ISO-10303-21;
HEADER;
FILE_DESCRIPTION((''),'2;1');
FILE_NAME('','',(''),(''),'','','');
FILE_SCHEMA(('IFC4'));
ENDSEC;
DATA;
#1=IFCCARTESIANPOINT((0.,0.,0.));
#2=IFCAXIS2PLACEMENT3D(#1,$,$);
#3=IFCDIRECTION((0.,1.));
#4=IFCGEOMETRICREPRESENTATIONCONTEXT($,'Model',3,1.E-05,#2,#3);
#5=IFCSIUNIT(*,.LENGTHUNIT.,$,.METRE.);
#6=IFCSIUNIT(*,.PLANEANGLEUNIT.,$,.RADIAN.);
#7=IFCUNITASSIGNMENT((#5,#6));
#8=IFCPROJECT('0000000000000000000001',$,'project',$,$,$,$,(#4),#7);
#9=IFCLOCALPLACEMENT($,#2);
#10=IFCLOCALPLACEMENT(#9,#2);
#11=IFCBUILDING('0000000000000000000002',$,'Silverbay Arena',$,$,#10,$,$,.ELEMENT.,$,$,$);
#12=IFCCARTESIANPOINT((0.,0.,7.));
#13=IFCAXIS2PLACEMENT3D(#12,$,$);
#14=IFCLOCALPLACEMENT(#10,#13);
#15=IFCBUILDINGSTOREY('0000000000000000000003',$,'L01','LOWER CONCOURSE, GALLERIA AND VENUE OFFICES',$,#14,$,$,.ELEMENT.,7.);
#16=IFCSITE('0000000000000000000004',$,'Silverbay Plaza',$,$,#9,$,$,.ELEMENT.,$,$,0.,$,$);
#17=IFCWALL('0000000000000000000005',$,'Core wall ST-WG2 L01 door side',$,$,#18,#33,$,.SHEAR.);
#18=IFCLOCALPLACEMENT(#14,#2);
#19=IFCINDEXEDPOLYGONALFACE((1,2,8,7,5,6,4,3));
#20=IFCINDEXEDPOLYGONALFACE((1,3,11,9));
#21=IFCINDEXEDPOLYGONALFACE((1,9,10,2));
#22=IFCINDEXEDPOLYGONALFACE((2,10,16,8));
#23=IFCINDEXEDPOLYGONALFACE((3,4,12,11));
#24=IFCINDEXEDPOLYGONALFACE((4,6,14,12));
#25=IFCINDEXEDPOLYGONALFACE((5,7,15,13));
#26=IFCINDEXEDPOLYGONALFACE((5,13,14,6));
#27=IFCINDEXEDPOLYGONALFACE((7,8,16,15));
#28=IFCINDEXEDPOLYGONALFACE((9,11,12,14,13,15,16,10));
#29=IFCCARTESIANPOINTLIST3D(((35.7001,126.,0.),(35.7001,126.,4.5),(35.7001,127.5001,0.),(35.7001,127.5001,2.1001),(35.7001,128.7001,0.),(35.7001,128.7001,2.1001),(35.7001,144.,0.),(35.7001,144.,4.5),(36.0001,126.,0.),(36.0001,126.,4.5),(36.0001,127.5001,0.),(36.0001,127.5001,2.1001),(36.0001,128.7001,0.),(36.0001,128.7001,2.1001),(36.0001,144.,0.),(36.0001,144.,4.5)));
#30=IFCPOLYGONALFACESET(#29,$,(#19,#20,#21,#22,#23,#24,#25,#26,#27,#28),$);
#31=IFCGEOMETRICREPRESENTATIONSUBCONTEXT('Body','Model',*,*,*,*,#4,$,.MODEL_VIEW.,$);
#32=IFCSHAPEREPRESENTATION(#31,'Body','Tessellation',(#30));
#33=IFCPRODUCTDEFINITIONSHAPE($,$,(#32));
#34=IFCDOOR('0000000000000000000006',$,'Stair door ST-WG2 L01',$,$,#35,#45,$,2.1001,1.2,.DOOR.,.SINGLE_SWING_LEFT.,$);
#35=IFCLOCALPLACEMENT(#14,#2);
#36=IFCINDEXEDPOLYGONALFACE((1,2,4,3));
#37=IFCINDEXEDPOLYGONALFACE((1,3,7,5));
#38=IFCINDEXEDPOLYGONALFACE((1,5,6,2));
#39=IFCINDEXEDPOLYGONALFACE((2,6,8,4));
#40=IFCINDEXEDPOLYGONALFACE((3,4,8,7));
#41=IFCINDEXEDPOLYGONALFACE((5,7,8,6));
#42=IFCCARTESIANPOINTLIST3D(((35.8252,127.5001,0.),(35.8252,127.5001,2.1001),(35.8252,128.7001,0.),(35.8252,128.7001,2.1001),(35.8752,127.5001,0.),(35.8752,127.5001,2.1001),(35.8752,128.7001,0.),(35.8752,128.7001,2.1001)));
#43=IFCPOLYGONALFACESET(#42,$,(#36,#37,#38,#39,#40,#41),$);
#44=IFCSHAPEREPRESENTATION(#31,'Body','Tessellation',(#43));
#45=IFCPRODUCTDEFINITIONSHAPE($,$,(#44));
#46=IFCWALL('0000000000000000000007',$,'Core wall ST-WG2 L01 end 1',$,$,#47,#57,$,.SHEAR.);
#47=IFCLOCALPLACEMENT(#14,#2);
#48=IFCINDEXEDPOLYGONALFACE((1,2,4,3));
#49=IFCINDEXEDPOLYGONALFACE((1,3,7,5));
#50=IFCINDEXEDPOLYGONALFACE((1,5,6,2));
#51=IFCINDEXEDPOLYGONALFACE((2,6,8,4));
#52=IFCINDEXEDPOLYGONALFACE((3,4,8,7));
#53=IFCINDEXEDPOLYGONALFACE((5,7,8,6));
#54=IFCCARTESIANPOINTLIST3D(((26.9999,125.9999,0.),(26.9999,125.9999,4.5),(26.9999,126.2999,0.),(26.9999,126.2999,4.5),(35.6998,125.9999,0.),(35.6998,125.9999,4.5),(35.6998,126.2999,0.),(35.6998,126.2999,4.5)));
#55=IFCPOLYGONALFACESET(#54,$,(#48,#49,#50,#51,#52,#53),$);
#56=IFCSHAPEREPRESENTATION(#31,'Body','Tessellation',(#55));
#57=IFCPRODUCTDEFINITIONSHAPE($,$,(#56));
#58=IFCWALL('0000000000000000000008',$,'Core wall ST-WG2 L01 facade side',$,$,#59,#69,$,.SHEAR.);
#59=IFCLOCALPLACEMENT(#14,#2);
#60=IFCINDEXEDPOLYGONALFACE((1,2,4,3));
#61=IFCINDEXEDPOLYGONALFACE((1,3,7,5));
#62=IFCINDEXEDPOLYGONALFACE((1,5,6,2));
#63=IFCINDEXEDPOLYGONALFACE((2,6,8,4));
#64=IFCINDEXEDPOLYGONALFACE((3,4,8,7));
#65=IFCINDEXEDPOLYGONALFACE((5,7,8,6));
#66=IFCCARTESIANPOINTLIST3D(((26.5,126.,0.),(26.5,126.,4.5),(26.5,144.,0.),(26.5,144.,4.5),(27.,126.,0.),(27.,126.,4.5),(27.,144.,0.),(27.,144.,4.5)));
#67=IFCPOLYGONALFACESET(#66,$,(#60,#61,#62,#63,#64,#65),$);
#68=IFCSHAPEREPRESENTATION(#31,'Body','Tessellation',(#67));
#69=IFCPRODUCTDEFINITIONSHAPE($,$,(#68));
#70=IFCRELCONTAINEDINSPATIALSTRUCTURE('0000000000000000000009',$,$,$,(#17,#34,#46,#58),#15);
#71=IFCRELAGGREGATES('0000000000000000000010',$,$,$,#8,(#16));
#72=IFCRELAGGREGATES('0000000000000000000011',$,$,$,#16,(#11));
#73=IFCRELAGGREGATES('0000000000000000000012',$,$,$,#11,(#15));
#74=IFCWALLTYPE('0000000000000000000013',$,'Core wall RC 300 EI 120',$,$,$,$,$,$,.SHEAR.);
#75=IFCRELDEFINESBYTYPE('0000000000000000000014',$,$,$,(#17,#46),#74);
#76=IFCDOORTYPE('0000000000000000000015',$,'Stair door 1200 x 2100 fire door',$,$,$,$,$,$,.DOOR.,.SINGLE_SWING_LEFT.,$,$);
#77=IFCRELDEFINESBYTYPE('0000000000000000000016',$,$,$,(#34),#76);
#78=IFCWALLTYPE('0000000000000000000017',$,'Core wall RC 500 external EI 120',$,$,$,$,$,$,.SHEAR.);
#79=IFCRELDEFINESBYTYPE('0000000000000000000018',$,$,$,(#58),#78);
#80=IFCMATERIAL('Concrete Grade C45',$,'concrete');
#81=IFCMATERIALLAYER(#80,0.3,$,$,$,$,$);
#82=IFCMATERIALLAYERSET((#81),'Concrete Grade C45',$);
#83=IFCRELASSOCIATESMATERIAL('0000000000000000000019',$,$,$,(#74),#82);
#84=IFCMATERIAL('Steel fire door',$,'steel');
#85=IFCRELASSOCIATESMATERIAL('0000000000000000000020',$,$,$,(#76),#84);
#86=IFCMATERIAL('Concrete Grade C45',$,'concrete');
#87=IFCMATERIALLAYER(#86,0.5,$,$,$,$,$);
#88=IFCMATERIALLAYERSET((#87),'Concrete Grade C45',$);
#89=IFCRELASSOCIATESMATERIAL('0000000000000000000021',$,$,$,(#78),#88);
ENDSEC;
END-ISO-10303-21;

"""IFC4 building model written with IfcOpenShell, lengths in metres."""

from ifc_helpers import new_model, si_unit, direction, frame, frame_2d, origin, place, context, subcontext, project, spatial, rectangle, extrude, material, layer, layer_set, type_object, element, fill, save


model = new_model("IFC4")

# Units and contexts
model_context = context("Model", 3, precision=1e-05, world=origin(), true_north=direction((0.0, 1.0)))
body_context = subcontext(model_context, "Body", "Model", "MODEL_VIEW")
ifc_project = project(units=[si_unit("LENGTHUNIT", "METRE"), si_unit("PLANEANGLEUNIT", "RADIAN")], contexts=[model_context])

# Site, building, storey
site_placement = place(None, origin())
site = spatial("IfcSite", under=ifc_project, at=site_placement, Name="Silverbay Plaza", CompositionType="ELEMENT", RefElevation=0.0)
building_placement = place(site_placement, origin())
building = spatial("IfcBuilding", under=site, at=building_placement, Name="Silverbay Arena", CompositionType="ELEMENT")
storey_placement = place(building_placement, frame((0.0, 0.0, 7.0)))
storey = spatial("IfcBuildingStorey", under=building, at=storey_placement, Name="L01", Description="LOWER CONCOURSE, GALLERIA AND VENUE OFFICES", CompositionType="ELEMENT", Elevation=7.0)

# Wall, opening, door
ifc_material_1 = material(Name="Concrete Grade C45", Category="concrete")
ifc_layer_1 = layer(ifc_material_1, 0.3)
ifc_layer_set_1 = layer_set([ifc_layer_1], Name="Concrete Grade C45")
wall_type_1 = type_object("IfcWallType", Name="Core wall RC 300 EI 120", PredefinedType="SHEAR", material=ifc_layer_set_1)
wall_1_placement = place(storey_placement, frame((35.8501, 126.0, 0.0), z_axis=(0.0, 0.0, 1.0), x_axis=(0.0, 1.0, 0.0)))
wall_1 = element("IfcWall", 1, at=wall_1_placement, inside=storey, type_object=wall_type_1, Name="Core wall ST-WG2 L01 door side", PredefinedType="SHEAR", context=body_context, shape_type="SweptSolid", body=[
    extrude(rectangle(XDim=18.0, YDim=0.3, at=frame_2d((9.0, 0.0))), origin(), (0.0, 0.0, 1.0), 4.5),
])
opening_placement = place(wall_1_placement, frame((1.5, 0.0, 0.0)))
opening = element("IfcOpeningElement", 2, at=opening_placement, cuts=wall_1, PredefinedType="OPENING", context=body_context, shape_type="SweptSolid", body=[
    extrude(rectangle(XDim=1.2, YDim=2.1001, at=frame_2d((0.6001, 1.05))), frame((0.0, 0.1602, 0.0), z_axis=(0.0, -1.0, 0.0), x_axis=(1.0, 0.0, 0.0)), (0.0, 0.0, 1.0), 0.3201),
])
ifc_material_2 = material(Name="Steel fire door", Category="steel")
door_type = type_object("IfcDoorType", Name="Stair door 1200 x 2100 fire door", OperationType="SINGLE_SWING_LEFT", PredefinedType="DOOR", material=ifc_material_2)
door_placement = place(opening_placement, origin())
door = element("IfcDoor", 3, at=door_placement, inside=storey, type_object=door_type, Name="Stair door ST-WG2 L01", OperationType="SINGLE_SWING_LEFT", OverallHeight=2.1001, OverallWidth=1.2, PredefinedType="DOOR", context=body_context, shape_type="SweptSolid", body=[
    extrude(rectangle(XDim=1.2, YDim=2.1001, at=frame_2d((0.6001, 1.05))), frame((0.0, 0.0249, 0.0), z_axis=(0.0, -1.0, 0.0), x_axis=(1.0, 0.0, 0.0)), (0.0, 0.0, 1.0), 0.05),
])
fill(opening, door)

# Walls
wall_2_placement = place(storey_placement, frame((35.7, 126.1499, 0.0), z_axis=(0.0, 0.0, 1.0), x_axis=(-1.0, 0.0, 0.0)))
element("IfcWall", 4, at=wall_2_placement, inside=storey, type_object=wall_type_1, Name="Core wall ST-WG2 L01 end 1", PredefinedType="SHEAR", context=body_context, shape_type="SweptSolid", body=[
    extrude(rectangle(XDim=8.7, YDim=0.3, at=frame_2d((4.3501, 0.0))), origin(), (0.0, 0.0, 1.0), 4.5),
])
ifc_material_3 = material(Name="Concrete Grade C45", Category="concrete")
ifc_layer_2 = layer(ifc_material_3, 0.5)
ifc_layer_set_2 = layer_set([ifc_layer_2], Name="Concrete Grade C45")
wall_type_2 = type_object("IfcWallType", Name="Core wall RC 500 external EI 120", PredefinedType="SHEAR", material=ifc_layer_set_2)
wall_3_placement = place(storey_placement, frame((26.75, 126.0, 0.0), z_axis=(0.0, 0.0, 1.0), x_axis=(0.0, 1.0, 0.0)))
element("IfcWall", 5, at=wall_3_placement, inside=storey, type_object=wall_type_2, Name="Core wall ST-WG2 L01 facade side", PredefinedType="SHEAR", context=body_context, shape_type="SweptSolid", body=[
    extrude(rectangle(XDim=18.0, YDim=0.5, at=frame_2d((9.0, 0.0))), origin(), (0.0, 0.0, 1.0), 4.5),
])

save(model, "model.ifc")
